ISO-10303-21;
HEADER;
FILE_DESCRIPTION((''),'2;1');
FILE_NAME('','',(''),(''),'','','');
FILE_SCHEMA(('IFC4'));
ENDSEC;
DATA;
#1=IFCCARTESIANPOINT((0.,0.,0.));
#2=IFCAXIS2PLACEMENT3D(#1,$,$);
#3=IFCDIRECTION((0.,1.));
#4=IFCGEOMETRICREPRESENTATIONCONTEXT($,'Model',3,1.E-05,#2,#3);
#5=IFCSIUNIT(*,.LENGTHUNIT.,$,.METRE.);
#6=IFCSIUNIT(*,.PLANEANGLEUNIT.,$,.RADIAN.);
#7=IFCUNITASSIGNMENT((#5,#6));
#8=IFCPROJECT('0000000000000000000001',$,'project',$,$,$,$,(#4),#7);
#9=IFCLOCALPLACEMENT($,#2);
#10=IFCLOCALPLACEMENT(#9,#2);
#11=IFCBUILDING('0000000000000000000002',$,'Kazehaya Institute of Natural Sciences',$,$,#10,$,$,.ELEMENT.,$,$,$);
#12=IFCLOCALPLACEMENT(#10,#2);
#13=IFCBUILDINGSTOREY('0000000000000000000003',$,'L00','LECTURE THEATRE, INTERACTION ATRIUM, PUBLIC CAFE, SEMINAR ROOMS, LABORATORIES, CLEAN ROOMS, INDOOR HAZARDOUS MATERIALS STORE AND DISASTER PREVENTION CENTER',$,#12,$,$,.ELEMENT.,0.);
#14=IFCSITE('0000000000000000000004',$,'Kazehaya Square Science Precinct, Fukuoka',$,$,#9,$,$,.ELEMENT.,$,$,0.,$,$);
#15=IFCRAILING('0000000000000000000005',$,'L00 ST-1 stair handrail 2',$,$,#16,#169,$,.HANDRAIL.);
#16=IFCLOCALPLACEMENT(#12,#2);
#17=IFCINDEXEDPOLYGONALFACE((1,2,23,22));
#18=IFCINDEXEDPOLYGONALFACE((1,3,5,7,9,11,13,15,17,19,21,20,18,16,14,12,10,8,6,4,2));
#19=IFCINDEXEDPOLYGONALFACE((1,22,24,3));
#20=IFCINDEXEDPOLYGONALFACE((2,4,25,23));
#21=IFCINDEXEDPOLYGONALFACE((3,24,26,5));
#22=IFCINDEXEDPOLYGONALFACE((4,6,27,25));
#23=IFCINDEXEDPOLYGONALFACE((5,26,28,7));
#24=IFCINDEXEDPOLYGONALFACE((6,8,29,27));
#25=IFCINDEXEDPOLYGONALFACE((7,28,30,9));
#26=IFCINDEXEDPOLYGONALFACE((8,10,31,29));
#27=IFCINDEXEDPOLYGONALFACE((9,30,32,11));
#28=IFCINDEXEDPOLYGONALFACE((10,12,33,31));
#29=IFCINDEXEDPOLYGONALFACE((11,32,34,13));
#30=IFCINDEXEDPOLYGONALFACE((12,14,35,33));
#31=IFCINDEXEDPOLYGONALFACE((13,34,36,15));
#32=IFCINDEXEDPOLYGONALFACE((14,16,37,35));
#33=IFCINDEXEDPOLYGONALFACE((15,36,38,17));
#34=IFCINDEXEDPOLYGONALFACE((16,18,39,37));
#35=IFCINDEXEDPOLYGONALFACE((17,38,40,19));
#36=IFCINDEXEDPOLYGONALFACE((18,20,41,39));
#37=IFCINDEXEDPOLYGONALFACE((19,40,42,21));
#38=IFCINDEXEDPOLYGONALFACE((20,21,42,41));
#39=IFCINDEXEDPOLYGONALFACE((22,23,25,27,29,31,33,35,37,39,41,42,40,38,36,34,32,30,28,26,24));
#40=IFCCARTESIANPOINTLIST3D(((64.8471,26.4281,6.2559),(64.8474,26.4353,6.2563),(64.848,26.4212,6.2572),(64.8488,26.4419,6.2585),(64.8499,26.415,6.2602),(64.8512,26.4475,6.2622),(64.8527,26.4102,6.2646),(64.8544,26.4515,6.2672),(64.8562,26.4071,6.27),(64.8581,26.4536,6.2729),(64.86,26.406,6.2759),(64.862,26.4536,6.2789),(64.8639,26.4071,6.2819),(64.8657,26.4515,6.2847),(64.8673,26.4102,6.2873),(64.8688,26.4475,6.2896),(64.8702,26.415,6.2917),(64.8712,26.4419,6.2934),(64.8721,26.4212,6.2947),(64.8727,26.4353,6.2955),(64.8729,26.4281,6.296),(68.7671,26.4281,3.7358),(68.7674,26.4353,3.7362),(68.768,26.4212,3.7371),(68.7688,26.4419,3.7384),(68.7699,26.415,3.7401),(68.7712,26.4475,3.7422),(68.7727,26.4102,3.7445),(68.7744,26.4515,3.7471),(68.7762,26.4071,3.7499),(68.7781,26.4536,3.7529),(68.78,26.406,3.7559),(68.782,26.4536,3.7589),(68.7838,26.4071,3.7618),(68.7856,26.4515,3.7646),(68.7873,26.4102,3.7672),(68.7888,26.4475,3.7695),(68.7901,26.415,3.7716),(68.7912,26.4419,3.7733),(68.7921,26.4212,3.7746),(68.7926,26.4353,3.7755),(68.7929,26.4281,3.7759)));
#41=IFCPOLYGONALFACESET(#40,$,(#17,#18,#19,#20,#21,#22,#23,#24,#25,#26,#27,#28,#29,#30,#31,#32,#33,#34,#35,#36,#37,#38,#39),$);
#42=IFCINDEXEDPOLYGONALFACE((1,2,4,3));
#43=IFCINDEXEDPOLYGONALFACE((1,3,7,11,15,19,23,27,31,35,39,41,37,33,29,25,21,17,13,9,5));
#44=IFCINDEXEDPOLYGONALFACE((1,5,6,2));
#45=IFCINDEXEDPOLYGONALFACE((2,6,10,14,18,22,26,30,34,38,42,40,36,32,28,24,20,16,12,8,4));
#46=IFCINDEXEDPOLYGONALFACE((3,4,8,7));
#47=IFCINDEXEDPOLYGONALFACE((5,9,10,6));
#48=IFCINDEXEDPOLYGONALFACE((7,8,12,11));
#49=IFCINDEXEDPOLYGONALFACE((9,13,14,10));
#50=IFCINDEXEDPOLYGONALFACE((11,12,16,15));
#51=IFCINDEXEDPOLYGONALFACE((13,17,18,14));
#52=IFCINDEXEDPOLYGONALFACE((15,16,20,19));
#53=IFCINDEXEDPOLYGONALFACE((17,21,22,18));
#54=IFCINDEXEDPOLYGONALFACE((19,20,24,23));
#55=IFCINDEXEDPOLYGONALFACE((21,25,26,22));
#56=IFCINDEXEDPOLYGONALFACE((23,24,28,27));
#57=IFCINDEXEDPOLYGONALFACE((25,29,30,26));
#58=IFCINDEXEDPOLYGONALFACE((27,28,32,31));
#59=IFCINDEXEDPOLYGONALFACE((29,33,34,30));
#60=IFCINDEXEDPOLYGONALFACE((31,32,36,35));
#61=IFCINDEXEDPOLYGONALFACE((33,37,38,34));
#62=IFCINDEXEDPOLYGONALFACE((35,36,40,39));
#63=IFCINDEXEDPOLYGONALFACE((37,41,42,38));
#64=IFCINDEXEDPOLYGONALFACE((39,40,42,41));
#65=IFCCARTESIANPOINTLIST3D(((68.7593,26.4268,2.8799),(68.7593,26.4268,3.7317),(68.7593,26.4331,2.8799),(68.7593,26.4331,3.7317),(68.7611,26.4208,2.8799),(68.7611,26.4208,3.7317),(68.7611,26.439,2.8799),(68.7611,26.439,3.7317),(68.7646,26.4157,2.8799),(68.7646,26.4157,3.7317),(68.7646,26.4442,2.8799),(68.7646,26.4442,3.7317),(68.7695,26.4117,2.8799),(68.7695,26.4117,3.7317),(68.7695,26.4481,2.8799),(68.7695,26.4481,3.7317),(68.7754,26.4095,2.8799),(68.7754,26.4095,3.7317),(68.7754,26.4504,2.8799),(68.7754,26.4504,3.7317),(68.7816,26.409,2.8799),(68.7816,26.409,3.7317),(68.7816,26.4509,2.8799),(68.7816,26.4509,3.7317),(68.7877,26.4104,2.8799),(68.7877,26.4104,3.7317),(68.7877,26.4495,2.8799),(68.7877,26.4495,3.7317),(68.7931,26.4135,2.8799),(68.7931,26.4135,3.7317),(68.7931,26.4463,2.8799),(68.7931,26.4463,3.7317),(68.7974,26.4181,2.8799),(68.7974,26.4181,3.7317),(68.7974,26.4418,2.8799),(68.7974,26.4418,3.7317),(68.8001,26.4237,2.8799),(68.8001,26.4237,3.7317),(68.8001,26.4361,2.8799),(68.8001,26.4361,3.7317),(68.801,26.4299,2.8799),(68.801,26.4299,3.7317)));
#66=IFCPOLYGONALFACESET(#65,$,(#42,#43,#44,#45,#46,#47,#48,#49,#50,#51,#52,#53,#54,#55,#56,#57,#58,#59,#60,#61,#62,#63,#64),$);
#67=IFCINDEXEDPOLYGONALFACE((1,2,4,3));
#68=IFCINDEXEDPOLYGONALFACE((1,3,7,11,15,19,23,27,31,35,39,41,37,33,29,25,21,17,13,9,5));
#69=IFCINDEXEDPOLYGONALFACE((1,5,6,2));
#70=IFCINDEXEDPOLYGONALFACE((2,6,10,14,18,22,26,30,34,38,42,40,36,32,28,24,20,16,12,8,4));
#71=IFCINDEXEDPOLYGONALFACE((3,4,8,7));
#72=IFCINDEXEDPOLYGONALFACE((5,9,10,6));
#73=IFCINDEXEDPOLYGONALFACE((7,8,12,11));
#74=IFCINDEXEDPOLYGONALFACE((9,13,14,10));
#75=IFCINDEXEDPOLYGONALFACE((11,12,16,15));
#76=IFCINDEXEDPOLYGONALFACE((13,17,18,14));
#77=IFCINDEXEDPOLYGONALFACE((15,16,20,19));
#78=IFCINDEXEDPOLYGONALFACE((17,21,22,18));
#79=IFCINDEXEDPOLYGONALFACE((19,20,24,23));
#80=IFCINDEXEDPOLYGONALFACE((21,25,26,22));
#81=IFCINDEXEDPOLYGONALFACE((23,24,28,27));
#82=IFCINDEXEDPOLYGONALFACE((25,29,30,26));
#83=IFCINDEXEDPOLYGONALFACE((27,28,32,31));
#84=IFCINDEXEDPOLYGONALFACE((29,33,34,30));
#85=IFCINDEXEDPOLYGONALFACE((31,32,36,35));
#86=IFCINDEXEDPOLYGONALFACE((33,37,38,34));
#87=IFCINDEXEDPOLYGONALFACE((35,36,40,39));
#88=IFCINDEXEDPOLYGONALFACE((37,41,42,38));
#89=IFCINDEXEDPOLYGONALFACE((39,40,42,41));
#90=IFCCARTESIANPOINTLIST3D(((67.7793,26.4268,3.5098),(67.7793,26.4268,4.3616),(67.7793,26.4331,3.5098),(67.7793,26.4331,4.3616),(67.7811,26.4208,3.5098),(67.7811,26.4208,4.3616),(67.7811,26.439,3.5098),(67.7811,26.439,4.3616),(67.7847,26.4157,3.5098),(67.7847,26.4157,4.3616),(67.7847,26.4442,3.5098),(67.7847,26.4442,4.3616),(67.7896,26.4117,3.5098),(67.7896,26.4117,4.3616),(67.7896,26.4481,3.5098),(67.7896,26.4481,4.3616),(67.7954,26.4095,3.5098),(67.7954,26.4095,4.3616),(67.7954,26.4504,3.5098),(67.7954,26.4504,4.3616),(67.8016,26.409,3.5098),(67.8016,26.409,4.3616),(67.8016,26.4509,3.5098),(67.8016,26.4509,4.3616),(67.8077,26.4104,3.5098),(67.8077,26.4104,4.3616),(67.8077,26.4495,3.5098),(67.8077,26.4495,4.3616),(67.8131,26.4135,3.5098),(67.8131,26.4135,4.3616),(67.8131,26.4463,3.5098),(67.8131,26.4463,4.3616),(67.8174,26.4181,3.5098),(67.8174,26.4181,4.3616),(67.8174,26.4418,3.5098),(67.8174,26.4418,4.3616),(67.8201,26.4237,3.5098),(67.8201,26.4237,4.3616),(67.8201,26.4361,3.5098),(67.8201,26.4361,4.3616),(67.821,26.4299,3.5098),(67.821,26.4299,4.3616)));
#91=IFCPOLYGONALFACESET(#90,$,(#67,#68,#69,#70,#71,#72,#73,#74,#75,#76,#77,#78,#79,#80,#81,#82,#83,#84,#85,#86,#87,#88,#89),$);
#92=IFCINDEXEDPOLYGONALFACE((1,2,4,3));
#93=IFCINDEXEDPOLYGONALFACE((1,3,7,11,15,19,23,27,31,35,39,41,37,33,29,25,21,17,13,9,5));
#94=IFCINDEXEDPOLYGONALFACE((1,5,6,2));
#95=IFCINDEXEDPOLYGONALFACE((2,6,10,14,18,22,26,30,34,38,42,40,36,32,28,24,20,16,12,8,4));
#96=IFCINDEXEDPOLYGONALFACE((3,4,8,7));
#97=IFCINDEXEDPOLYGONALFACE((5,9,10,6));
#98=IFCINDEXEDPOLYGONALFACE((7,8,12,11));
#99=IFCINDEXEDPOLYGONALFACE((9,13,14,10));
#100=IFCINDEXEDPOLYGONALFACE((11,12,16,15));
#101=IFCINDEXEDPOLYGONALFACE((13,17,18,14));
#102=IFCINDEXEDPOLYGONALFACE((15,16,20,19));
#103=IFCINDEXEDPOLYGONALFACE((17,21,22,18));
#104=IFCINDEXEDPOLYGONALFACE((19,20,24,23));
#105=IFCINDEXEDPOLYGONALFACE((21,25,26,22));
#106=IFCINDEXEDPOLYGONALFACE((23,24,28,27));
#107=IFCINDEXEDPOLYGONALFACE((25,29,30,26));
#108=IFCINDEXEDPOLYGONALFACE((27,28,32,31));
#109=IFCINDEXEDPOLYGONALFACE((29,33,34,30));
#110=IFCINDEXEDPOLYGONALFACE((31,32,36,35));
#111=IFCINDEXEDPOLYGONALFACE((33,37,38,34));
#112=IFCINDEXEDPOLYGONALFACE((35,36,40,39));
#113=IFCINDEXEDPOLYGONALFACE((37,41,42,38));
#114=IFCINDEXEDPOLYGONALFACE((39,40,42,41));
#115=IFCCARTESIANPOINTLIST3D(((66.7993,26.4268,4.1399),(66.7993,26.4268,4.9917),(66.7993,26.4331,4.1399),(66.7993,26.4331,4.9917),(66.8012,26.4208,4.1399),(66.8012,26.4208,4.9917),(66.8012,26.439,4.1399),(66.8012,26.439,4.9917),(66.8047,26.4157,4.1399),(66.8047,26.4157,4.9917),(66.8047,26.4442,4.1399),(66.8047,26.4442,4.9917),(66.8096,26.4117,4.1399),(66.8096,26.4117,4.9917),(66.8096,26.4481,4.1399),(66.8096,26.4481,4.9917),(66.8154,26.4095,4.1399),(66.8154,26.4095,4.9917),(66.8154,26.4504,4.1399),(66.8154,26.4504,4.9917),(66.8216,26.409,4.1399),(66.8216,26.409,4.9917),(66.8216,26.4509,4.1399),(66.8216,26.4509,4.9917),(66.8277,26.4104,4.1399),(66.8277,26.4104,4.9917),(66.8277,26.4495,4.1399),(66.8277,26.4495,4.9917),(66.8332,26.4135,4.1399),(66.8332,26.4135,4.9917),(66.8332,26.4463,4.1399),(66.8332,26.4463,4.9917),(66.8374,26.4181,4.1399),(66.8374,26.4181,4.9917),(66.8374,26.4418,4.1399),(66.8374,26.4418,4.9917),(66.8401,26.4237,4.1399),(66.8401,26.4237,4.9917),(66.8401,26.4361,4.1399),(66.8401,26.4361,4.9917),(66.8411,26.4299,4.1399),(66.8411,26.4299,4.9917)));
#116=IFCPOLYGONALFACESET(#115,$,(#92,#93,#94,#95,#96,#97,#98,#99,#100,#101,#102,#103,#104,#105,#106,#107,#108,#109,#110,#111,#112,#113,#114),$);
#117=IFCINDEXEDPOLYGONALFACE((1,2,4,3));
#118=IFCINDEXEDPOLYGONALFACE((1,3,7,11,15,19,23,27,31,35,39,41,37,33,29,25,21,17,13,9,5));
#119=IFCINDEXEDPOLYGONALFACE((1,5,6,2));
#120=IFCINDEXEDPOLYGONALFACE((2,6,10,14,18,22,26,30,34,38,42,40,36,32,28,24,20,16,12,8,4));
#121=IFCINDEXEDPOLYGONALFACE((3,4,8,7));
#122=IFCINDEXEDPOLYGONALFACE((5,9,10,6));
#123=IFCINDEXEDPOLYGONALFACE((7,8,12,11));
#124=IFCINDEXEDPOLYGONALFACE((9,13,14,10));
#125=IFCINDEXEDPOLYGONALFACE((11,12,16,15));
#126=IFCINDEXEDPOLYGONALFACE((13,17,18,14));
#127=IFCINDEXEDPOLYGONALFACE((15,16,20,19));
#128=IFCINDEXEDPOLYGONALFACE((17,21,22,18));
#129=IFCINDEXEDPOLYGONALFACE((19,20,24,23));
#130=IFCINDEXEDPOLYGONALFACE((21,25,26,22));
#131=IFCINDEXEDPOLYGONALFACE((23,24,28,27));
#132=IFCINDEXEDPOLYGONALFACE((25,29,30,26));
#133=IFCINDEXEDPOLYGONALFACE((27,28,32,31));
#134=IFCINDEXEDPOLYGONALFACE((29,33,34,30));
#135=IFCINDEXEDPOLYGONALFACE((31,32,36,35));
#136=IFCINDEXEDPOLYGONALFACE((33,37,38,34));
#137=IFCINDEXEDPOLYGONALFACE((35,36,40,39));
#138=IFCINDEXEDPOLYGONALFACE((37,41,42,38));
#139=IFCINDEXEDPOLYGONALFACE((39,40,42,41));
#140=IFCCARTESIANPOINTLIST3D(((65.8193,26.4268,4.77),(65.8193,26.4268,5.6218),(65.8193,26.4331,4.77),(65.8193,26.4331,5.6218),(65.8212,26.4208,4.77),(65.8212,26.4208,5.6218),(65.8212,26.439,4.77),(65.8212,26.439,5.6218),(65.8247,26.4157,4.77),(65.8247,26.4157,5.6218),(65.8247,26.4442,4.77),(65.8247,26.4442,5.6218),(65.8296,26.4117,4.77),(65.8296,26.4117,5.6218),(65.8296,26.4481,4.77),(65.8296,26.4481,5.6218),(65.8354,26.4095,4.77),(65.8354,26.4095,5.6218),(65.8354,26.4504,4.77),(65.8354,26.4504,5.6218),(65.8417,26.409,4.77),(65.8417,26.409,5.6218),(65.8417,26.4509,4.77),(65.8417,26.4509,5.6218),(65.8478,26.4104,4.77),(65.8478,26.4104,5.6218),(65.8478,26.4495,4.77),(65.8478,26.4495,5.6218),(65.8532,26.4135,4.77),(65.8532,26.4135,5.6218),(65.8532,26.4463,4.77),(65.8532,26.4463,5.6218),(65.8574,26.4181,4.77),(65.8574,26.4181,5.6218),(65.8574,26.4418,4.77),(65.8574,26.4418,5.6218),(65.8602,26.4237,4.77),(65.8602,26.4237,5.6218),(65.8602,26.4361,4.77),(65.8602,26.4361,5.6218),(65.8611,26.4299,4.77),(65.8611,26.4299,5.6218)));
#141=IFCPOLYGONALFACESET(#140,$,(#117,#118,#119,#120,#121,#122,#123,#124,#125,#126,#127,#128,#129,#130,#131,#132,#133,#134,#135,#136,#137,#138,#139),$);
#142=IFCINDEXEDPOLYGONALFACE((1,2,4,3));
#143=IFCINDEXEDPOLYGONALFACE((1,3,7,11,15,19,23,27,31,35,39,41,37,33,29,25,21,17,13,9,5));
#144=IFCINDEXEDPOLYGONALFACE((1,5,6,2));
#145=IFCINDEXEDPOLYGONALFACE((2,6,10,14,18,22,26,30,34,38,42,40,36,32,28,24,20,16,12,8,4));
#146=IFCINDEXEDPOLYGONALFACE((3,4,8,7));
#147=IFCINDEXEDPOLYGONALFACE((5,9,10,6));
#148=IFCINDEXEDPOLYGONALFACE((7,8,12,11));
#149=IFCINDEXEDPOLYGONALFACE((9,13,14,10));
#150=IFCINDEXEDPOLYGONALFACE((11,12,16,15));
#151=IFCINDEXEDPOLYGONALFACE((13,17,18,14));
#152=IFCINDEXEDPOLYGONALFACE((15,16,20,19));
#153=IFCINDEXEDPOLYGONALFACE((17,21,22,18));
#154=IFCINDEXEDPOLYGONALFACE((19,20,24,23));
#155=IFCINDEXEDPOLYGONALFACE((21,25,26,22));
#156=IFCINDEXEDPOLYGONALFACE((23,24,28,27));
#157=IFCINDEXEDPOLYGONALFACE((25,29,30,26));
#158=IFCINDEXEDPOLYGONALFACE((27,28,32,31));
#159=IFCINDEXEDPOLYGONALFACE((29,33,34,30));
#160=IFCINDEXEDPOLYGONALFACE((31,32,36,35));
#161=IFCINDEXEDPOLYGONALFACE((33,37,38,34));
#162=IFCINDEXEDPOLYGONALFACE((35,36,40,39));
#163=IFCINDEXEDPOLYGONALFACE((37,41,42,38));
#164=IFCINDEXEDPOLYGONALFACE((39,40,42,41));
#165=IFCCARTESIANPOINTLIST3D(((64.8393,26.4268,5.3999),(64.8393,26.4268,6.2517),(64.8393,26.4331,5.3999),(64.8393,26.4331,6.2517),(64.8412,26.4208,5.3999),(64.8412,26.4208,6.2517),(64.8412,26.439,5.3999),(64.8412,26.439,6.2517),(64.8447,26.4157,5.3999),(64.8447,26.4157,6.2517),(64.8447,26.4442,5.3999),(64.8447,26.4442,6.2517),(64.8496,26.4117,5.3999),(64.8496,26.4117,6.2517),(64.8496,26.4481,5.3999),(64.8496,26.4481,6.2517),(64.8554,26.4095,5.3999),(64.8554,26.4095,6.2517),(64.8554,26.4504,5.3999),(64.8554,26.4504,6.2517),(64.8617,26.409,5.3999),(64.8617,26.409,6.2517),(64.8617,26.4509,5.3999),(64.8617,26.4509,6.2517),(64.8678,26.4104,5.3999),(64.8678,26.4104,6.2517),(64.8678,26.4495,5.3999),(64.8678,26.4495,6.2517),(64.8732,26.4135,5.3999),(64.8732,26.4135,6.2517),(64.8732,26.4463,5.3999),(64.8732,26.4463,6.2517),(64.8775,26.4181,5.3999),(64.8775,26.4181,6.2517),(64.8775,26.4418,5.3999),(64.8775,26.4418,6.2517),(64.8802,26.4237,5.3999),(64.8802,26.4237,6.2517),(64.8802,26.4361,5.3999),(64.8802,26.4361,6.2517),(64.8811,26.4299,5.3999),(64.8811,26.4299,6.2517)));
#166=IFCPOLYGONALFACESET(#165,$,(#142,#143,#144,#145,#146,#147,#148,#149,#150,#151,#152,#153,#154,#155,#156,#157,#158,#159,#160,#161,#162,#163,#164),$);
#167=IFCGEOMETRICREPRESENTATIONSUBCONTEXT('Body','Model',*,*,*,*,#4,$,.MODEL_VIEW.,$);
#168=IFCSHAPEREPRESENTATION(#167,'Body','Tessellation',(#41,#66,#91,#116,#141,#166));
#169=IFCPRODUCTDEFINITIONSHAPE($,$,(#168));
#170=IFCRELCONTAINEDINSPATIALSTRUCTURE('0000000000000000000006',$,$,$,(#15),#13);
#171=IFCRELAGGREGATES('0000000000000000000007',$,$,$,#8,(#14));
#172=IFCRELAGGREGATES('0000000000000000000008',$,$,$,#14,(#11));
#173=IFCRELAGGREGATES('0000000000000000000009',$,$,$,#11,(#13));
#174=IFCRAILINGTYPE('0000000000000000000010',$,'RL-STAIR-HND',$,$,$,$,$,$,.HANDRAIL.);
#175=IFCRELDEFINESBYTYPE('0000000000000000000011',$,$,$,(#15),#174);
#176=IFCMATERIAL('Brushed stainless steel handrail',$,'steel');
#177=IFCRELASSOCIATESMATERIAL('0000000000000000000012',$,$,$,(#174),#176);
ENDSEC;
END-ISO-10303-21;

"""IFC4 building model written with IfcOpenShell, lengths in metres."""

from ifc_helpers import new_model, si_unit, direction, frame, origin, origin_2d, place, context, subcontext, project, spatial, circle, extrude, material, type_object, element, save


model = new_model("IFC4")

# Units and contexts
model_context = context("Model", 3, precision=1e-05, world=origin(), true_north=direction((0.0, 1.0)))
body_context = subcontext(model_context, "Body", "Model", "MODEL_VIEW")
ifc_project = project(units=[si_unit("LENGTHUNIT", "METRE"), si_unit("PLANEANGLEUNIT", "RADIAN")], contexts=[model_context])

# Site, building, storey
site_placement = place(None, origin())
site = spatial("IfcSite", under=ifc_project, at=site_placement, Name="Kazehaya Square Science Precinct, Fukuoka", CompositionType="ELEMENT", RefElevation=0.0)
building_placement = place(site_placement, origin())
building = spatial("IfcBuilding", under=site, at=building_placement, Name="Kazehaya Institute of Natural Sciences", CompositionType="ELEMENT")
storey_placement = place(building_placement, origin())
storey = spatial("IfcBuildingStorey", under=building, at=storey_placement, Name="L00", Description="LECTURE THEATRE, INTERACTION ATRIUM, PUBLIC CAFE, SEMINAR ROOMS, LABORATORIES, CLEAN ROOMS, INDOOR HAZARDOUS MATERIALS STORE AND DISASTER PREVENTION CENTER", CompositionType="ELEMENT", Elevation=0.0)

# Railing
ifc_material_1 = material(Name="Brushed stainless steel handrail", Category="steel")
railing_type_1 = type_object("IfcRailingType", Name="RL-STAIR-HND", PredefinedType="HANDRAIL", material=ifc_material_1)
railing_1_placement = place(storey_placement, frame((68.78, 26.4299, 2.8799)))
element("IfcRailing", 1, at=railing_1_placement, inside=storey, type_object=railing_type_1, Name="L00 ST-1 stair handrail 2", PredefinedType="HANDRAIL", context=body_context, shape_type="SweptSolid", body=[
    extrude(circle(Radius=0.0239, at=origin_2d()), frame((0.0, 0.0, 0.876), z_axis=(-0.841172, 0.0, 0.540768), x_axis=(0.0, -1.0, 0.0)), (0.0, 0.0, 1.0), 4.6602),
    extrude(circle(Radius=0.021, at=origin_2d()), origin(), (0.0, 0.0, 1.0), 0.8518),
    extrude(circle(Radius=0.021, at=origin_2d()), frame((-0.98, 0.0, 0.6299)), (0.0, 0.0, 1.0), 0.8518),
    extrude(circle(Radius=0.021, at=origin_2d()), frame((-1.96, 0.0, 1.26)), (0.0, 0.0, 1.0), 0.8518),
    extrude(circle(Radius=0.021, at=origin_2d()), frame((-2.9399, 0.0, 1.8901)), (0.0, 0.0, 1.0), 0.8518),
    extrude(circle(Radius=0.021, at=origin_2d()), frame((-3.9199, 0.0, 2.52)), (0.0, 0.0, 1.0), 0.8518),
])

save(model, "model.ifc")
